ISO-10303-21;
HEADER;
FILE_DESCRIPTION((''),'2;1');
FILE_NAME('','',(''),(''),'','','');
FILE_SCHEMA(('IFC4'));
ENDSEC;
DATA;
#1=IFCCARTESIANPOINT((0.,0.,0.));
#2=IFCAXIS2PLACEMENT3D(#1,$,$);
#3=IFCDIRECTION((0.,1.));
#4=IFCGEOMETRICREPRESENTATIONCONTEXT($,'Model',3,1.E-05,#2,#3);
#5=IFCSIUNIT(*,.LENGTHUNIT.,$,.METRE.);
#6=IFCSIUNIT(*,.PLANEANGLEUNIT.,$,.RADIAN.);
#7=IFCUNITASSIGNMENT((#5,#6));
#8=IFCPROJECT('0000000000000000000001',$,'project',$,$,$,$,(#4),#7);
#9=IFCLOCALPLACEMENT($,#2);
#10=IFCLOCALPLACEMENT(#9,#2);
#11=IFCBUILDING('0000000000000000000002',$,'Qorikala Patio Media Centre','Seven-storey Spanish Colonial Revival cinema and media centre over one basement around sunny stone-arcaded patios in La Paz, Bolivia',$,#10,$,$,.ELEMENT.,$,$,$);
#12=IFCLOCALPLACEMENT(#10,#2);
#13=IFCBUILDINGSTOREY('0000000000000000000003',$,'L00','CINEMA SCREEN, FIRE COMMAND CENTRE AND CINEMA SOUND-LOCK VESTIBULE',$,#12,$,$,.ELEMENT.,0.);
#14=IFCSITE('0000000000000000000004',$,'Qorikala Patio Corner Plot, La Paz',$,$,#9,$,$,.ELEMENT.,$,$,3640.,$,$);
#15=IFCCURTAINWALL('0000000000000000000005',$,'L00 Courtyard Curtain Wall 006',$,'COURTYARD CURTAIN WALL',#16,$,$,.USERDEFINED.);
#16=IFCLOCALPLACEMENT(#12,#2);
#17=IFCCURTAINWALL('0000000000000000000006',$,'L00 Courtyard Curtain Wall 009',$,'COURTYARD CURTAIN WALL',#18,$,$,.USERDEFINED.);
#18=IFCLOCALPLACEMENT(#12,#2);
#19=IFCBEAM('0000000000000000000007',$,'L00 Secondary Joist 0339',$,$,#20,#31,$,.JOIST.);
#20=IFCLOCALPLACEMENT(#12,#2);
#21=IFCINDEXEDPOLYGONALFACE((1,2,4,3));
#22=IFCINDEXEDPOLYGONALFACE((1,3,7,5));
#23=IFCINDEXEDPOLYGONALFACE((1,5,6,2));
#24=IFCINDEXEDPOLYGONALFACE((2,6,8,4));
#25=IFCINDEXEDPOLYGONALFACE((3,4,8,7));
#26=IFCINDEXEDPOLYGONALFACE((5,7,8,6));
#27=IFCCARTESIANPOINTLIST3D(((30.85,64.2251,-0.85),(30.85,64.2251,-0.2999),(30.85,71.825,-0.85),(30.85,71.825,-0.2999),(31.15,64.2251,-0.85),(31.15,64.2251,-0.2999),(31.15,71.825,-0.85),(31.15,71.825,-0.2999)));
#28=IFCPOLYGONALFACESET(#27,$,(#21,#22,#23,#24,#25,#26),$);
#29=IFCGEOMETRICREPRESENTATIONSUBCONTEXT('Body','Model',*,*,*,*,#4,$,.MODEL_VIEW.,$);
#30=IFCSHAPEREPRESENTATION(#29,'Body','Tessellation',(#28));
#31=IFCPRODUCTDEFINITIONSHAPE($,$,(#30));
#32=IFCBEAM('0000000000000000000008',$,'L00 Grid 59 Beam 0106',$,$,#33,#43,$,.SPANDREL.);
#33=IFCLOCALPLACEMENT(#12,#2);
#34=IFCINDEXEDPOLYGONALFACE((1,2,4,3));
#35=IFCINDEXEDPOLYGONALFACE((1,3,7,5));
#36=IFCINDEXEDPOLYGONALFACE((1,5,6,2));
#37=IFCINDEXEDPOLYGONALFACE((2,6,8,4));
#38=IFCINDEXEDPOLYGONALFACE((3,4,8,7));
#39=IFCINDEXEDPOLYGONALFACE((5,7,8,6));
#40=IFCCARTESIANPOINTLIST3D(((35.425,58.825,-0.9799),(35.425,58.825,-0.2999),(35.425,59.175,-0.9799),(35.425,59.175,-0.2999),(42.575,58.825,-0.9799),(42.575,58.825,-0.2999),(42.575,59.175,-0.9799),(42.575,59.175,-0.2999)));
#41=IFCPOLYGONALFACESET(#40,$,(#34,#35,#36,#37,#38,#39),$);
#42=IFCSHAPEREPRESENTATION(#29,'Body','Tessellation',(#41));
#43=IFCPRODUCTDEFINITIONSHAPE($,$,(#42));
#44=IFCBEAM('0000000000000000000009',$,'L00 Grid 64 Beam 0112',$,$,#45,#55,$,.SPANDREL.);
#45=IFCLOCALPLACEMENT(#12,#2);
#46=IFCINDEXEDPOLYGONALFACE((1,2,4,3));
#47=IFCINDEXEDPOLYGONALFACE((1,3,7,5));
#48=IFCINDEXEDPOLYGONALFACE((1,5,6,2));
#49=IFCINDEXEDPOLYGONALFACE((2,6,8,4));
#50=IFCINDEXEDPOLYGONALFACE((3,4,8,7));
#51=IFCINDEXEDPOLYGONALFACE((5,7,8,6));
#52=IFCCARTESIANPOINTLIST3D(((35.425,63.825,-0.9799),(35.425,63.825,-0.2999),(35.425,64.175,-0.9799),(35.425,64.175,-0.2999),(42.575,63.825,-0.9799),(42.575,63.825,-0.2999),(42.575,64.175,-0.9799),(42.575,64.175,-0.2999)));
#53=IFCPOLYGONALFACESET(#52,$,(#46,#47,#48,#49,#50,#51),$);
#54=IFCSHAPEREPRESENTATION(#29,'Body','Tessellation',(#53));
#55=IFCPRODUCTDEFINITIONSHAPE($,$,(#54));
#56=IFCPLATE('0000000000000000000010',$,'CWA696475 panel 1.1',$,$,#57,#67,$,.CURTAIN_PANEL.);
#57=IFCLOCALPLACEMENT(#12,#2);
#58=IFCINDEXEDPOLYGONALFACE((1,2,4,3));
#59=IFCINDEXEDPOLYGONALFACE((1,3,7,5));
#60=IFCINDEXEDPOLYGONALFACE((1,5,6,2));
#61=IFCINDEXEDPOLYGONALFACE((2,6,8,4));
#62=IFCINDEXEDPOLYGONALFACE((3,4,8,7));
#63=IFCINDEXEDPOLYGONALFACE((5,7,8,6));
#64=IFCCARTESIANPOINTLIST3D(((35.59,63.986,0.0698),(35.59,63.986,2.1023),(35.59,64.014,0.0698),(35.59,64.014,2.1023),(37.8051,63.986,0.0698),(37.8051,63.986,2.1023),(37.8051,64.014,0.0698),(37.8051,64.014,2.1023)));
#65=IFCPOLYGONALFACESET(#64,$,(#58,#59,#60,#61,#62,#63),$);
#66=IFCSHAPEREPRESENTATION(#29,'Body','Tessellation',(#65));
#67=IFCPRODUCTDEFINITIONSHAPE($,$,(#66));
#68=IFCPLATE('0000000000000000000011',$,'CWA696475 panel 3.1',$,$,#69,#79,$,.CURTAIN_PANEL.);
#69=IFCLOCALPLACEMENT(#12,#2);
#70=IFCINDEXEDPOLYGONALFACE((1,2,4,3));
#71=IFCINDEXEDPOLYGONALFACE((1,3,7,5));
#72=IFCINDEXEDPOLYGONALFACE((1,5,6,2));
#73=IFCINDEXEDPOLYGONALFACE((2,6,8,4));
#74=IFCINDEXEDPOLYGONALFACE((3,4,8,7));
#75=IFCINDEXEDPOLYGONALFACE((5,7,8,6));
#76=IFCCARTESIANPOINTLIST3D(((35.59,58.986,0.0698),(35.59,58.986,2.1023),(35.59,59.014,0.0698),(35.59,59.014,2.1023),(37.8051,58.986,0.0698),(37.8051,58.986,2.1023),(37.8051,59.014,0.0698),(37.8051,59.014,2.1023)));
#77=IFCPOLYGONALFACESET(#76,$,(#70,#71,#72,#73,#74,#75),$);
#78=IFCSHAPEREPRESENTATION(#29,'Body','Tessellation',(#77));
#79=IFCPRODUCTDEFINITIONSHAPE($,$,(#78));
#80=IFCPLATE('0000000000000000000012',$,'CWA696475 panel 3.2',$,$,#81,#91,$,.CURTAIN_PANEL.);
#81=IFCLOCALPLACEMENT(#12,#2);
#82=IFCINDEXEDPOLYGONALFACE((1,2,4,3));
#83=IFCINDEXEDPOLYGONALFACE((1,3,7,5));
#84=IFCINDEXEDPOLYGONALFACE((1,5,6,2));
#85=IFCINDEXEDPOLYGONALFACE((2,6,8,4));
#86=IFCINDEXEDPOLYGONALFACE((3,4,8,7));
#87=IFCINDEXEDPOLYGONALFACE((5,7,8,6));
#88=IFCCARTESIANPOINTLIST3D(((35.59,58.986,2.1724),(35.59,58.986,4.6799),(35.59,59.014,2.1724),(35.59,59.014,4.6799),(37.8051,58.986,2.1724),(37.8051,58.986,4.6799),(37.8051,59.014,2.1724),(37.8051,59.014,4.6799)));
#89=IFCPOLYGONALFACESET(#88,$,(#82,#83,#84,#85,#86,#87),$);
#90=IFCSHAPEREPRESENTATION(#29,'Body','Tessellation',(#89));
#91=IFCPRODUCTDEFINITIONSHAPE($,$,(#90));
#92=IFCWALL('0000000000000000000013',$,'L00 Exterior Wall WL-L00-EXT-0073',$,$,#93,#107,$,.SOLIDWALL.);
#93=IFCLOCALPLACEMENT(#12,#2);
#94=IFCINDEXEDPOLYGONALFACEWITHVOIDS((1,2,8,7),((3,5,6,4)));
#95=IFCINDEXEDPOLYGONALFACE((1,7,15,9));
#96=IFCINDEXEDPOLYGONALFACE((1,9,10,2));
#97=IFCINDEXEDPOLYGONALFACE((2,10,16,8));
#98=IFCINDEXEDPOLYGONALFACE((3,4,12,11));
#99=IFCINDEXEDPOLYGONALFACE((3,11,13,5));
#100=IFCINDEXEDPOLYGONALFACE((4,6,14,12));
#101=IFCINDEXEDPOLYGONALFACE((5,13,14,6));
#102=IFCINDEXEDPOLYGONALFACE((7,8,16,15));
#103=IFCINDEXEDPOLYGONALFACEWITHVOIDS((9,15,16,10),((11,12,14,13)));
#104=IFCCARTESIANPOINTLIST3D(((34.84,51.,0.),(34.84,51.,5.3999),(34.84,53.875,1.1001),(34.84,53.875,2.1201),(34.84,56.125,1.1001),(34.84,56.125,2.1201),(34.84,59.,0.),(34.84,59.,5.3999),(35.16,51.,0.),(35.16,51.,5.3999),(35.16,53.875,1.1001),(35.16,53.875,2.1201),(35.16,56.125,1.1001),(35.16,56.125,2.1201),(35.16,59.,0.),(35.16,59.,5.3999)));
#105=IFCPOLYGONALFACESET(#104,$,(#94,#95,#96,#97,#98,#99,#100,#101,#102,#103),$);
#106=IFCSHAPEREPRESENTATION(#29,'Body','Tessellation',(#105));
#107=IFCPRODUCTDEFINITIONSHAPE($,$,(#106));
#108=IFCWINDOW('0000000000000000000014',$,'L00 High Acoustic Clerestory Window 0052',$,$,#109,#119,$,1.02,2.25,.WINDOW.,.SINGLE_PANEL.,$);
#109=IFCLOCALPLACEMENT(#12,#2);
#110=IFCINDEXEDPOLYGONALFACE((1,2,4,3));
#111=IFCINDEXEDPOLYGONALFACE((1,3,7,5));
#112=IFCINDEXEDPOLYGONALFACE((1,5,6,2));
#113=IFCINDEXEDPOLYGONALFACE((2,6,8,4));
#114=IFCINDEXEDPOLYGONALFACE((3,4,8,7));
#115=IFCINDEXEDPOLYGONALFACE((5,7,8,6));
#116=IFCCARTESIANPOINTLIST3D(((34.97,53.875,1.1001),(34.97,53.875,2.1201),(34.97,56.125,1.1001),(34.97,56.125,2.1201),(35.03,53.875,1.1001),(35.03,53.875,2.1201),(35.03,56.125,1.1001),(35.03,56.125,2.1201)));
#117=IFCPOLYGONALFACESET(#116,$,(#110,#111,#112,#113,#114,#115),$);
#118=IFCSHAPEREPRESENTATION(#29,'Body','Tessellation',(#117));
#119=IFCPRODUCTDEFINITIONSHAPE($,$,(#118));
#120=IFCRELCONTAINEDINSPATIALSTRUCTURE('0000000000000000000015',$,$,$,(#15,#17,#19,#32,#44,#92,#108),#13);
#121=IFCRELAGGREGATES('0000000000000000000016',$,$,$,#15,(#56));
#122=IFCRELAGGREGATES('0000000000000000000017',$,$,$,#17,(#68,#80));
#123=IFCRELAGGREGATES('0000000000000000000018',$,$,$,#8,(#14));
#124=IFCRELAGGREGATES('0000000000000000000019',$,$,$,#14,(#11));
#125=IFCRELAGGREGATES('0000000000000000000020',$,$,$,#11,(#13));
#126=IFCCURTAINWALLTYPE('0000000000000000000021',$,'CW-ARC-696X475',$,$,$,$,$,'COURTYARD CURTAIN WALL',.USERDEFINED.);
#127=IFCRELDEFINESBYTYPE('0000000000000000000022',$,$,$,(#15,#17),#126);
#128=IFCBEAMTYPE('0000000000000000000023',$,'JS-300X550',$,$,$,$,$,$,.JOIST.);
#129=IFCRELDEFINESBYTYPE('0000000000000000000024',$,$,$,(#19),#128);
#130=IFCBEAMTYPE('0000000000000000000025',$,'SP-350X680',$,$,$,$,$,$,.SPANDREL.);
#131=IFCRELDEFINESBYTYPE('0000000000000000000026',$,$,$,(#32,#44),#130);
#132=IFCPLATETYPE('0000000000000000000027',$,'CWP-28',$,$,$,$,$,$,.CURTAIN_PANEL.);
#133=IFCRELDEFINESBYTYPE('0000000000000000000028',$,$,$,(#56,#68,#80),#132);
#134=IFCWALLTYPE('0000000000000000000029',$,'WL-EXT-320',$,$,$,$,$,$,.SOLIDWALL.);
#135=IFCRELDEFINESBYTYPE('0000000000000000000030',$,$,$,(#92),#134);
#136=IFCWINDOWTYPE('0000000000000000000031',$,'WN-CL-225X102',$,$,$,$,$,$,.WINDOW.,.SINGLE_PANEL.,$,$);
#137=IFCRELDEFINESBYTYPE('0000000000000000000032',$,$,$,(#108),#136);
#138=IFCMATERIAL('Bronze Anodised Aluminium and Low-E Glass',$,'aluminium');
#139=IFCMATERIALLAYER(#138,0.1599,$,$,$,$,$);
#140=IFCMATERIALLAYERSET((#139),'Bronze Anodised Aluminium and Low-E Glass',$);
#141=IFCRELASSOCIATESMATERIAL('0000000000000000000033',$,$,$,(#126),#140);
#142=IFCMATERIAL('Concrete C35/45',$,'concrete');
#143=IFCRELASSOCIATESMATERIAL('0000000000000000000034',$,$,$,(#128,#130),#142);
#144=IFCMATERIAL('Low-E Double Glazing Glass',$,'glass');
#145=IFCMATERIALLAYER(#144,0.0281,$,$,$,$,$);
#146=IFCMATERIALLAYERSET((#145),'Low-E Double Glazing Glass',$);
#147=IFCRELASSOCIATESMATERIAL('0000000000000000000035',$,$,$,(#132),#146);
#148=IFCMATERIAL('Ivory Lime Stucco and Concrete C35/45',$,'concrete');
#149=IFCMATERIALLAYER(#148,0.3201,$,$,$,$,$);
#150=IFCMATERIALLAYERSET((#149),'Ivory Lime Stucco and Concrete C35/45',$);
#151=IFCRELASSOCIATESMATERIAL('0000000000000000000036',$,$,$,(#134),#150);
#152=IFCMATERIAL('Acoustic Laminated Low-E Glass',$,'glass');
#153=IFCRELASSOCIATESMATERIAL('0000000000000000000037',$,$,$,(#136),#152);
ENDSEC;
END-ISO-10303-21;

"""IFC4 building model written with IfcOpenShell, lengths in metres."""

from ifc_helpers import new_model, si_unit, direction, frame, frame_2d, origin, origin_2d, place, context, subcontext, project, spatial, rectangle, extrude, material, layer, layer_set, material_profile, profile_set, type_object, element, fill, aggregate, save


model = new_model("IFC4")

# Units and contexts
model_context = context("Model", 3, precision=1e-05, world=origin(), true_north=direction((0.0, 1.0)))
body_context = subcontext(model_context, "Body", "Model", "MODEL_VIEW")
ifc_project = project(units=[si_unit("LENGTHUNIT", "METRE"), si_unit("PLANEANGLEUNIT", "RADIAN")], contexts=[model_context])

# Site, building, storey
site_placement = place(None, origin())
site = spatial("IfcSite", under=ifc_project, at=site_placement, Name="Qorikala Patio Corner Plot, La Paz", CompositionType="ELEMENT", RefElevation=3640.0)
building_placement = place(site_placement, origin())
building = spatial("IfcBuilding", under=site, at=building_placement, Name="Qorikala Patio Media Centre", Description="Seven-storey Spanish Colonial Revival cinema and media centre over one basement around sunny stone-arcaded patios in La Paz, Bolivia", CompositionType="ELEMENT")
storey_placement = place(building_placement, origin())
storey = spatial("IfcBuildingStorey", under=building, at=storey_placement, Name="L00", Description="CINEMA SCREEN, FIRE COMMAND CENTRE AND CINEMA SOUND-LOCK VESTIBULE", CompositionType="ELEMENT", Elevation=0.0)

# Shared definitions
ifc_material_1 = material(Name="Concrete C35/45", Category="concrete")

# Curtain walls
ifc_material_2 = material(Name="Bronze Anodised Aluminium and Low-E Glass", Category="aluminium")
ifc_layer_1 = layer(ifc_material_2, 0.1599)
ifc_layer_set_1 = layer_set([ifc_layer_1], Name="Bronze Anodised Aluminium and Low-E Glass")
curtain_wall_type = type_object("IfcCurtainWallType", Name="CW-ARC-696X475", ElementType="COURTYARD CURTAIN WALL", PredefinedType="USERDEFINED", material=ifc_layer_set_1)
curtain_wall_1_placement = place(storey_placement, origin())
curtain_wall_1 = element("IfcCurtainWall", 1, at=curtain_wall_1_placement, inside=storey, type_object=curtain_wall_type, Name="L00 Courtyard Curtain Wall 006", ObjectType="COURTYARD CURTAIN WALL", PredefinedType="USERDEFINED")
curtain_wall_2_placement = place(storey_placement, origin())
curtain_wall_2 = element("IfcCurtainWall", 2, at=curtain_wall_2_placement, inside=storey, type_object=curtain_wall_type, Name="L00 Courtyard Curtain Wall 009", ObjectType="COURTYARD CURTAIN WALL", PredefinedType="USERDEFINED")

# Beams
ifc_material_profile_1 = material_profile(ifc_material_1, rectangle(XDim=0.3, YDim=0.55, at=origin_2d()), Name="RC 300x550")
ifc_profile_set_1 = profile_set([ifc_material_profile_1], Name="Concrete C35/45")
beam_type_1 = type_object("IfcBeamType", Name="JS-300X550", PredefinedType="JOIST", material=ifc_profile_set_1)
beam_1_placement = place(storey_placement, frame((31.0, 64.2251, -0.575), z_axis=(0.0, 1.0, 0.0), x_axis=(-1.0, 0.0, 0.0)))
element("IfcBeam", 3, at=beam_1_placement, inside=storey, type_object=beam_type_1, Name="L00 Secondary Joist 0339", PredefinedType="JOIST", context=body_context, shape_type="SweptSolid", body=[
    extrude(rectangle(XDim=0.3, YDim=0.55, at=origin_2d()), origin(), (0.0, 0.0, 1.0), 7.5999),
])
ifc_material_profile_2 = material_profile(ifc_material_1, rectangle(XDim=0.3501, YDim=0.6799, at=origin_2d()), Name="RC 350x680")
ifc_profile_set_2 = profile_set([ifc_material_profile_2], Name="Concrete C35/45")
beam_type_2 = type_object("IfcBeamType", Name="SP-350X680", PredefinedType="SPANDREL", material=ifc_profile_set_2)
for number, where, z_axis, x_axis, name in (
    (4, (35.425, 59.0, -0.6399), (1.0, 0.0, 0.0), (0.0, 1.0, 0.0), "L00 Grid 59 Beam 0106"),
    (5, (35.425, 64.0, -0.6399), (1.0, 0.0, 0.0), (0.0, 1.0, 0.0), "L00 Grid 64 Beam 0112"),
):
    element("IfcBeam", number, at=place(storey_placement, frame(where, z_axis=z_axis, x_axis=x_axis)), inside=storey, type_object=beam_type_2, Name=name, PredefinedType="SPANDREL", context=body_context, shape_type="SweptSolid", body=[
        extrude(rectangle(XDim=0.3501, YDim=0.6799, at=origin_2d()), origin(), (0.0, 0.0, 1.0), 7.1499),
    ])

# Plates
ifc_material_3 = material(Name="Low-E Double Glazing Glass", Category="glass")
ifc_layer_2 = layer(ifc_material_3, 0.0281)
ifc_layer_set_2 = layer_set([ifc_layer_2], Name="Low-E Double Glazing Glass")
plate_type = type_object("IfcPlateType", Name="CWP-28", PredefinedType="CURTAIN_PANEL", material=ifc_layer_set_2)
plate_1_placement = place(storey_placement, frame((36.6975, 64.0, 0.0698), z_axis=(0.0, 0.0, 1.0), x_axis=(1.0, 0.0, 0.0)))
plate_1 = element("IfcPlate", 6, at=plate_1_placement, type_object=plate_type, Name="CWA696475 panel 1.1", PredefinedType="CURTAIN_PANEL", context=body_context, shape_type="SweptSolid", body=[
    extrude(rectangle(XDim=2.2151, YDim=0.0281, at=origin_2d()), origin(), (0.0, 0.0, 1.0), 2.0325),
])
aggregate(curtain_wall_1, [plate_1])
plate_2_placement = place(storey_placement, frame((36.6975, 59.0, 0.0698), z_axis=(0.0, 0.0, 1.0), x_axis=(-1.0, 0.0, 0.0)))
plate_2 = element("IfcPlate", 7, at=plate_2_placement, type_object=plate_type, Name="CWA696475 panel 3.1", PredefinedType="CURTAIN_PANEL", context=body_context, shape_type="SweptSolid", body=[
    extrude(rectangle(XDim=2.2151, YDim=0.0281, at=origin_2d()), origin(), (0.0, 0.0, 1.0), 2.0325),
])
plate_3_placement = place(storey_placement, frame((36.6975, 59.0, 2.1724), z_axis=(0.0, 0.0, 1.0), x_axis=(-1.0, 0.0, 0.0)))
plate_3 = element("IfcPlate", 8, at=plate_3_placement, type_object=plate_type, Name="CWA696475 panel 3.2", PredefinedType="CURTAIN_PANEL", context=body_context, shape_type="SweptSolid", body=[
    extrude(rectangle(XDim=2.2151, YDim=0.0281, at=origin_2d()), origin(), (0.0, 0.0, 1.0), 2.5076),
])
aggregate(curtain_wall_2, [plate_2, plate_3])

# Wall, opening, window
ifc_material_4 = material(Name="Ivory Lime Stucco and Concrete C35/45", Category="concrete")
ifc_layer_3 = layer(ifc_material_4, 0.3201)
ifc_layer_set_3 = layer_set([ifc_layer_3], Name="Ivory Lime Stucco and Concrete C35/45")
wall_type = type_object("IfcWallType", Name="WL-EXT-320", PredefinedType="SOLIDWALL", material=ifc_layer_set_3)
wall_placement = place(storey_placement, frame((35.0, 59.0, 0.0), z_axis=(0.0, 0.0, 1.0), x_axis=(0.0, -1.0, 0.0)))
wall = element("IfcWall", 9, at=wall_placement, inside=storey, type_object=wall_type, Name="L00 Exterior Wall WL-L00-EXT-0073", PredefinedType="SOLIDWALL", context=body_context, shape_type="SweptSolid", body=[
    extrude(rectangle(XDim=8.0, YDim=0.3201, at=frame_2d((4.0, 0.0))), origin(), (0.0, 0.0, 1.0), 5.3999),
])
opening_placement = place(wall_placement, frame((2.875, 0.0, 1.1001)))
opening = element("IfcOpeningElement", 10, at=opening_placement, cuts=wall, PredefinedType="OPENING", context=body_context, shape_type="SweptSolid", body=[
    extrude(rectangle(XDim=2.25, YDim=1.02, at=frame_2d((1.125, 0.51))), frame((0.0, 0.1699, 0.0), z_axis=(0.0, -1.0, 0.0), x_axis=(1.0, 0.0, 0.0)), (0.0, 0.0, 1.0), 0.3401),
])
ifc_material_5 = material(Name="Acoustic Laminated Low-E Glass", Category="glass")
window_type = type_object("IfcWindowType", Name="WN-CL-225X102", PartitioningType="SINGLE_PANEL", PredefinedType="WINDOW", material=ifc_material_5)
window_placement = place(opening_placement, origin())
window = element("IfcWindow", 11, at=window_placement, inside=storey, type_object=window_type, Name="L00 High Acoustic Clerestory Window 0052", OverallHeight=1.02, OverallWidth=2.25, PartitioningType="SINGLE_PANEL", PredefinedType="WINDOW", context=body_context, shape_type="SweptSolid", body=[
    extrude(rectangle(XDim=2.25, YDim=1.02, at=frame_2d((1.125, 0.51))), frame((0.0, 0.03, 0.0), z_axis=(0.0, -1.0, 0.0), x_axis=(1.0, 0.0, 0.0)), (0.0, 0.0, 1.0), 0.0601),
])
fill(opening, window)

save(model, "model.ifc")
